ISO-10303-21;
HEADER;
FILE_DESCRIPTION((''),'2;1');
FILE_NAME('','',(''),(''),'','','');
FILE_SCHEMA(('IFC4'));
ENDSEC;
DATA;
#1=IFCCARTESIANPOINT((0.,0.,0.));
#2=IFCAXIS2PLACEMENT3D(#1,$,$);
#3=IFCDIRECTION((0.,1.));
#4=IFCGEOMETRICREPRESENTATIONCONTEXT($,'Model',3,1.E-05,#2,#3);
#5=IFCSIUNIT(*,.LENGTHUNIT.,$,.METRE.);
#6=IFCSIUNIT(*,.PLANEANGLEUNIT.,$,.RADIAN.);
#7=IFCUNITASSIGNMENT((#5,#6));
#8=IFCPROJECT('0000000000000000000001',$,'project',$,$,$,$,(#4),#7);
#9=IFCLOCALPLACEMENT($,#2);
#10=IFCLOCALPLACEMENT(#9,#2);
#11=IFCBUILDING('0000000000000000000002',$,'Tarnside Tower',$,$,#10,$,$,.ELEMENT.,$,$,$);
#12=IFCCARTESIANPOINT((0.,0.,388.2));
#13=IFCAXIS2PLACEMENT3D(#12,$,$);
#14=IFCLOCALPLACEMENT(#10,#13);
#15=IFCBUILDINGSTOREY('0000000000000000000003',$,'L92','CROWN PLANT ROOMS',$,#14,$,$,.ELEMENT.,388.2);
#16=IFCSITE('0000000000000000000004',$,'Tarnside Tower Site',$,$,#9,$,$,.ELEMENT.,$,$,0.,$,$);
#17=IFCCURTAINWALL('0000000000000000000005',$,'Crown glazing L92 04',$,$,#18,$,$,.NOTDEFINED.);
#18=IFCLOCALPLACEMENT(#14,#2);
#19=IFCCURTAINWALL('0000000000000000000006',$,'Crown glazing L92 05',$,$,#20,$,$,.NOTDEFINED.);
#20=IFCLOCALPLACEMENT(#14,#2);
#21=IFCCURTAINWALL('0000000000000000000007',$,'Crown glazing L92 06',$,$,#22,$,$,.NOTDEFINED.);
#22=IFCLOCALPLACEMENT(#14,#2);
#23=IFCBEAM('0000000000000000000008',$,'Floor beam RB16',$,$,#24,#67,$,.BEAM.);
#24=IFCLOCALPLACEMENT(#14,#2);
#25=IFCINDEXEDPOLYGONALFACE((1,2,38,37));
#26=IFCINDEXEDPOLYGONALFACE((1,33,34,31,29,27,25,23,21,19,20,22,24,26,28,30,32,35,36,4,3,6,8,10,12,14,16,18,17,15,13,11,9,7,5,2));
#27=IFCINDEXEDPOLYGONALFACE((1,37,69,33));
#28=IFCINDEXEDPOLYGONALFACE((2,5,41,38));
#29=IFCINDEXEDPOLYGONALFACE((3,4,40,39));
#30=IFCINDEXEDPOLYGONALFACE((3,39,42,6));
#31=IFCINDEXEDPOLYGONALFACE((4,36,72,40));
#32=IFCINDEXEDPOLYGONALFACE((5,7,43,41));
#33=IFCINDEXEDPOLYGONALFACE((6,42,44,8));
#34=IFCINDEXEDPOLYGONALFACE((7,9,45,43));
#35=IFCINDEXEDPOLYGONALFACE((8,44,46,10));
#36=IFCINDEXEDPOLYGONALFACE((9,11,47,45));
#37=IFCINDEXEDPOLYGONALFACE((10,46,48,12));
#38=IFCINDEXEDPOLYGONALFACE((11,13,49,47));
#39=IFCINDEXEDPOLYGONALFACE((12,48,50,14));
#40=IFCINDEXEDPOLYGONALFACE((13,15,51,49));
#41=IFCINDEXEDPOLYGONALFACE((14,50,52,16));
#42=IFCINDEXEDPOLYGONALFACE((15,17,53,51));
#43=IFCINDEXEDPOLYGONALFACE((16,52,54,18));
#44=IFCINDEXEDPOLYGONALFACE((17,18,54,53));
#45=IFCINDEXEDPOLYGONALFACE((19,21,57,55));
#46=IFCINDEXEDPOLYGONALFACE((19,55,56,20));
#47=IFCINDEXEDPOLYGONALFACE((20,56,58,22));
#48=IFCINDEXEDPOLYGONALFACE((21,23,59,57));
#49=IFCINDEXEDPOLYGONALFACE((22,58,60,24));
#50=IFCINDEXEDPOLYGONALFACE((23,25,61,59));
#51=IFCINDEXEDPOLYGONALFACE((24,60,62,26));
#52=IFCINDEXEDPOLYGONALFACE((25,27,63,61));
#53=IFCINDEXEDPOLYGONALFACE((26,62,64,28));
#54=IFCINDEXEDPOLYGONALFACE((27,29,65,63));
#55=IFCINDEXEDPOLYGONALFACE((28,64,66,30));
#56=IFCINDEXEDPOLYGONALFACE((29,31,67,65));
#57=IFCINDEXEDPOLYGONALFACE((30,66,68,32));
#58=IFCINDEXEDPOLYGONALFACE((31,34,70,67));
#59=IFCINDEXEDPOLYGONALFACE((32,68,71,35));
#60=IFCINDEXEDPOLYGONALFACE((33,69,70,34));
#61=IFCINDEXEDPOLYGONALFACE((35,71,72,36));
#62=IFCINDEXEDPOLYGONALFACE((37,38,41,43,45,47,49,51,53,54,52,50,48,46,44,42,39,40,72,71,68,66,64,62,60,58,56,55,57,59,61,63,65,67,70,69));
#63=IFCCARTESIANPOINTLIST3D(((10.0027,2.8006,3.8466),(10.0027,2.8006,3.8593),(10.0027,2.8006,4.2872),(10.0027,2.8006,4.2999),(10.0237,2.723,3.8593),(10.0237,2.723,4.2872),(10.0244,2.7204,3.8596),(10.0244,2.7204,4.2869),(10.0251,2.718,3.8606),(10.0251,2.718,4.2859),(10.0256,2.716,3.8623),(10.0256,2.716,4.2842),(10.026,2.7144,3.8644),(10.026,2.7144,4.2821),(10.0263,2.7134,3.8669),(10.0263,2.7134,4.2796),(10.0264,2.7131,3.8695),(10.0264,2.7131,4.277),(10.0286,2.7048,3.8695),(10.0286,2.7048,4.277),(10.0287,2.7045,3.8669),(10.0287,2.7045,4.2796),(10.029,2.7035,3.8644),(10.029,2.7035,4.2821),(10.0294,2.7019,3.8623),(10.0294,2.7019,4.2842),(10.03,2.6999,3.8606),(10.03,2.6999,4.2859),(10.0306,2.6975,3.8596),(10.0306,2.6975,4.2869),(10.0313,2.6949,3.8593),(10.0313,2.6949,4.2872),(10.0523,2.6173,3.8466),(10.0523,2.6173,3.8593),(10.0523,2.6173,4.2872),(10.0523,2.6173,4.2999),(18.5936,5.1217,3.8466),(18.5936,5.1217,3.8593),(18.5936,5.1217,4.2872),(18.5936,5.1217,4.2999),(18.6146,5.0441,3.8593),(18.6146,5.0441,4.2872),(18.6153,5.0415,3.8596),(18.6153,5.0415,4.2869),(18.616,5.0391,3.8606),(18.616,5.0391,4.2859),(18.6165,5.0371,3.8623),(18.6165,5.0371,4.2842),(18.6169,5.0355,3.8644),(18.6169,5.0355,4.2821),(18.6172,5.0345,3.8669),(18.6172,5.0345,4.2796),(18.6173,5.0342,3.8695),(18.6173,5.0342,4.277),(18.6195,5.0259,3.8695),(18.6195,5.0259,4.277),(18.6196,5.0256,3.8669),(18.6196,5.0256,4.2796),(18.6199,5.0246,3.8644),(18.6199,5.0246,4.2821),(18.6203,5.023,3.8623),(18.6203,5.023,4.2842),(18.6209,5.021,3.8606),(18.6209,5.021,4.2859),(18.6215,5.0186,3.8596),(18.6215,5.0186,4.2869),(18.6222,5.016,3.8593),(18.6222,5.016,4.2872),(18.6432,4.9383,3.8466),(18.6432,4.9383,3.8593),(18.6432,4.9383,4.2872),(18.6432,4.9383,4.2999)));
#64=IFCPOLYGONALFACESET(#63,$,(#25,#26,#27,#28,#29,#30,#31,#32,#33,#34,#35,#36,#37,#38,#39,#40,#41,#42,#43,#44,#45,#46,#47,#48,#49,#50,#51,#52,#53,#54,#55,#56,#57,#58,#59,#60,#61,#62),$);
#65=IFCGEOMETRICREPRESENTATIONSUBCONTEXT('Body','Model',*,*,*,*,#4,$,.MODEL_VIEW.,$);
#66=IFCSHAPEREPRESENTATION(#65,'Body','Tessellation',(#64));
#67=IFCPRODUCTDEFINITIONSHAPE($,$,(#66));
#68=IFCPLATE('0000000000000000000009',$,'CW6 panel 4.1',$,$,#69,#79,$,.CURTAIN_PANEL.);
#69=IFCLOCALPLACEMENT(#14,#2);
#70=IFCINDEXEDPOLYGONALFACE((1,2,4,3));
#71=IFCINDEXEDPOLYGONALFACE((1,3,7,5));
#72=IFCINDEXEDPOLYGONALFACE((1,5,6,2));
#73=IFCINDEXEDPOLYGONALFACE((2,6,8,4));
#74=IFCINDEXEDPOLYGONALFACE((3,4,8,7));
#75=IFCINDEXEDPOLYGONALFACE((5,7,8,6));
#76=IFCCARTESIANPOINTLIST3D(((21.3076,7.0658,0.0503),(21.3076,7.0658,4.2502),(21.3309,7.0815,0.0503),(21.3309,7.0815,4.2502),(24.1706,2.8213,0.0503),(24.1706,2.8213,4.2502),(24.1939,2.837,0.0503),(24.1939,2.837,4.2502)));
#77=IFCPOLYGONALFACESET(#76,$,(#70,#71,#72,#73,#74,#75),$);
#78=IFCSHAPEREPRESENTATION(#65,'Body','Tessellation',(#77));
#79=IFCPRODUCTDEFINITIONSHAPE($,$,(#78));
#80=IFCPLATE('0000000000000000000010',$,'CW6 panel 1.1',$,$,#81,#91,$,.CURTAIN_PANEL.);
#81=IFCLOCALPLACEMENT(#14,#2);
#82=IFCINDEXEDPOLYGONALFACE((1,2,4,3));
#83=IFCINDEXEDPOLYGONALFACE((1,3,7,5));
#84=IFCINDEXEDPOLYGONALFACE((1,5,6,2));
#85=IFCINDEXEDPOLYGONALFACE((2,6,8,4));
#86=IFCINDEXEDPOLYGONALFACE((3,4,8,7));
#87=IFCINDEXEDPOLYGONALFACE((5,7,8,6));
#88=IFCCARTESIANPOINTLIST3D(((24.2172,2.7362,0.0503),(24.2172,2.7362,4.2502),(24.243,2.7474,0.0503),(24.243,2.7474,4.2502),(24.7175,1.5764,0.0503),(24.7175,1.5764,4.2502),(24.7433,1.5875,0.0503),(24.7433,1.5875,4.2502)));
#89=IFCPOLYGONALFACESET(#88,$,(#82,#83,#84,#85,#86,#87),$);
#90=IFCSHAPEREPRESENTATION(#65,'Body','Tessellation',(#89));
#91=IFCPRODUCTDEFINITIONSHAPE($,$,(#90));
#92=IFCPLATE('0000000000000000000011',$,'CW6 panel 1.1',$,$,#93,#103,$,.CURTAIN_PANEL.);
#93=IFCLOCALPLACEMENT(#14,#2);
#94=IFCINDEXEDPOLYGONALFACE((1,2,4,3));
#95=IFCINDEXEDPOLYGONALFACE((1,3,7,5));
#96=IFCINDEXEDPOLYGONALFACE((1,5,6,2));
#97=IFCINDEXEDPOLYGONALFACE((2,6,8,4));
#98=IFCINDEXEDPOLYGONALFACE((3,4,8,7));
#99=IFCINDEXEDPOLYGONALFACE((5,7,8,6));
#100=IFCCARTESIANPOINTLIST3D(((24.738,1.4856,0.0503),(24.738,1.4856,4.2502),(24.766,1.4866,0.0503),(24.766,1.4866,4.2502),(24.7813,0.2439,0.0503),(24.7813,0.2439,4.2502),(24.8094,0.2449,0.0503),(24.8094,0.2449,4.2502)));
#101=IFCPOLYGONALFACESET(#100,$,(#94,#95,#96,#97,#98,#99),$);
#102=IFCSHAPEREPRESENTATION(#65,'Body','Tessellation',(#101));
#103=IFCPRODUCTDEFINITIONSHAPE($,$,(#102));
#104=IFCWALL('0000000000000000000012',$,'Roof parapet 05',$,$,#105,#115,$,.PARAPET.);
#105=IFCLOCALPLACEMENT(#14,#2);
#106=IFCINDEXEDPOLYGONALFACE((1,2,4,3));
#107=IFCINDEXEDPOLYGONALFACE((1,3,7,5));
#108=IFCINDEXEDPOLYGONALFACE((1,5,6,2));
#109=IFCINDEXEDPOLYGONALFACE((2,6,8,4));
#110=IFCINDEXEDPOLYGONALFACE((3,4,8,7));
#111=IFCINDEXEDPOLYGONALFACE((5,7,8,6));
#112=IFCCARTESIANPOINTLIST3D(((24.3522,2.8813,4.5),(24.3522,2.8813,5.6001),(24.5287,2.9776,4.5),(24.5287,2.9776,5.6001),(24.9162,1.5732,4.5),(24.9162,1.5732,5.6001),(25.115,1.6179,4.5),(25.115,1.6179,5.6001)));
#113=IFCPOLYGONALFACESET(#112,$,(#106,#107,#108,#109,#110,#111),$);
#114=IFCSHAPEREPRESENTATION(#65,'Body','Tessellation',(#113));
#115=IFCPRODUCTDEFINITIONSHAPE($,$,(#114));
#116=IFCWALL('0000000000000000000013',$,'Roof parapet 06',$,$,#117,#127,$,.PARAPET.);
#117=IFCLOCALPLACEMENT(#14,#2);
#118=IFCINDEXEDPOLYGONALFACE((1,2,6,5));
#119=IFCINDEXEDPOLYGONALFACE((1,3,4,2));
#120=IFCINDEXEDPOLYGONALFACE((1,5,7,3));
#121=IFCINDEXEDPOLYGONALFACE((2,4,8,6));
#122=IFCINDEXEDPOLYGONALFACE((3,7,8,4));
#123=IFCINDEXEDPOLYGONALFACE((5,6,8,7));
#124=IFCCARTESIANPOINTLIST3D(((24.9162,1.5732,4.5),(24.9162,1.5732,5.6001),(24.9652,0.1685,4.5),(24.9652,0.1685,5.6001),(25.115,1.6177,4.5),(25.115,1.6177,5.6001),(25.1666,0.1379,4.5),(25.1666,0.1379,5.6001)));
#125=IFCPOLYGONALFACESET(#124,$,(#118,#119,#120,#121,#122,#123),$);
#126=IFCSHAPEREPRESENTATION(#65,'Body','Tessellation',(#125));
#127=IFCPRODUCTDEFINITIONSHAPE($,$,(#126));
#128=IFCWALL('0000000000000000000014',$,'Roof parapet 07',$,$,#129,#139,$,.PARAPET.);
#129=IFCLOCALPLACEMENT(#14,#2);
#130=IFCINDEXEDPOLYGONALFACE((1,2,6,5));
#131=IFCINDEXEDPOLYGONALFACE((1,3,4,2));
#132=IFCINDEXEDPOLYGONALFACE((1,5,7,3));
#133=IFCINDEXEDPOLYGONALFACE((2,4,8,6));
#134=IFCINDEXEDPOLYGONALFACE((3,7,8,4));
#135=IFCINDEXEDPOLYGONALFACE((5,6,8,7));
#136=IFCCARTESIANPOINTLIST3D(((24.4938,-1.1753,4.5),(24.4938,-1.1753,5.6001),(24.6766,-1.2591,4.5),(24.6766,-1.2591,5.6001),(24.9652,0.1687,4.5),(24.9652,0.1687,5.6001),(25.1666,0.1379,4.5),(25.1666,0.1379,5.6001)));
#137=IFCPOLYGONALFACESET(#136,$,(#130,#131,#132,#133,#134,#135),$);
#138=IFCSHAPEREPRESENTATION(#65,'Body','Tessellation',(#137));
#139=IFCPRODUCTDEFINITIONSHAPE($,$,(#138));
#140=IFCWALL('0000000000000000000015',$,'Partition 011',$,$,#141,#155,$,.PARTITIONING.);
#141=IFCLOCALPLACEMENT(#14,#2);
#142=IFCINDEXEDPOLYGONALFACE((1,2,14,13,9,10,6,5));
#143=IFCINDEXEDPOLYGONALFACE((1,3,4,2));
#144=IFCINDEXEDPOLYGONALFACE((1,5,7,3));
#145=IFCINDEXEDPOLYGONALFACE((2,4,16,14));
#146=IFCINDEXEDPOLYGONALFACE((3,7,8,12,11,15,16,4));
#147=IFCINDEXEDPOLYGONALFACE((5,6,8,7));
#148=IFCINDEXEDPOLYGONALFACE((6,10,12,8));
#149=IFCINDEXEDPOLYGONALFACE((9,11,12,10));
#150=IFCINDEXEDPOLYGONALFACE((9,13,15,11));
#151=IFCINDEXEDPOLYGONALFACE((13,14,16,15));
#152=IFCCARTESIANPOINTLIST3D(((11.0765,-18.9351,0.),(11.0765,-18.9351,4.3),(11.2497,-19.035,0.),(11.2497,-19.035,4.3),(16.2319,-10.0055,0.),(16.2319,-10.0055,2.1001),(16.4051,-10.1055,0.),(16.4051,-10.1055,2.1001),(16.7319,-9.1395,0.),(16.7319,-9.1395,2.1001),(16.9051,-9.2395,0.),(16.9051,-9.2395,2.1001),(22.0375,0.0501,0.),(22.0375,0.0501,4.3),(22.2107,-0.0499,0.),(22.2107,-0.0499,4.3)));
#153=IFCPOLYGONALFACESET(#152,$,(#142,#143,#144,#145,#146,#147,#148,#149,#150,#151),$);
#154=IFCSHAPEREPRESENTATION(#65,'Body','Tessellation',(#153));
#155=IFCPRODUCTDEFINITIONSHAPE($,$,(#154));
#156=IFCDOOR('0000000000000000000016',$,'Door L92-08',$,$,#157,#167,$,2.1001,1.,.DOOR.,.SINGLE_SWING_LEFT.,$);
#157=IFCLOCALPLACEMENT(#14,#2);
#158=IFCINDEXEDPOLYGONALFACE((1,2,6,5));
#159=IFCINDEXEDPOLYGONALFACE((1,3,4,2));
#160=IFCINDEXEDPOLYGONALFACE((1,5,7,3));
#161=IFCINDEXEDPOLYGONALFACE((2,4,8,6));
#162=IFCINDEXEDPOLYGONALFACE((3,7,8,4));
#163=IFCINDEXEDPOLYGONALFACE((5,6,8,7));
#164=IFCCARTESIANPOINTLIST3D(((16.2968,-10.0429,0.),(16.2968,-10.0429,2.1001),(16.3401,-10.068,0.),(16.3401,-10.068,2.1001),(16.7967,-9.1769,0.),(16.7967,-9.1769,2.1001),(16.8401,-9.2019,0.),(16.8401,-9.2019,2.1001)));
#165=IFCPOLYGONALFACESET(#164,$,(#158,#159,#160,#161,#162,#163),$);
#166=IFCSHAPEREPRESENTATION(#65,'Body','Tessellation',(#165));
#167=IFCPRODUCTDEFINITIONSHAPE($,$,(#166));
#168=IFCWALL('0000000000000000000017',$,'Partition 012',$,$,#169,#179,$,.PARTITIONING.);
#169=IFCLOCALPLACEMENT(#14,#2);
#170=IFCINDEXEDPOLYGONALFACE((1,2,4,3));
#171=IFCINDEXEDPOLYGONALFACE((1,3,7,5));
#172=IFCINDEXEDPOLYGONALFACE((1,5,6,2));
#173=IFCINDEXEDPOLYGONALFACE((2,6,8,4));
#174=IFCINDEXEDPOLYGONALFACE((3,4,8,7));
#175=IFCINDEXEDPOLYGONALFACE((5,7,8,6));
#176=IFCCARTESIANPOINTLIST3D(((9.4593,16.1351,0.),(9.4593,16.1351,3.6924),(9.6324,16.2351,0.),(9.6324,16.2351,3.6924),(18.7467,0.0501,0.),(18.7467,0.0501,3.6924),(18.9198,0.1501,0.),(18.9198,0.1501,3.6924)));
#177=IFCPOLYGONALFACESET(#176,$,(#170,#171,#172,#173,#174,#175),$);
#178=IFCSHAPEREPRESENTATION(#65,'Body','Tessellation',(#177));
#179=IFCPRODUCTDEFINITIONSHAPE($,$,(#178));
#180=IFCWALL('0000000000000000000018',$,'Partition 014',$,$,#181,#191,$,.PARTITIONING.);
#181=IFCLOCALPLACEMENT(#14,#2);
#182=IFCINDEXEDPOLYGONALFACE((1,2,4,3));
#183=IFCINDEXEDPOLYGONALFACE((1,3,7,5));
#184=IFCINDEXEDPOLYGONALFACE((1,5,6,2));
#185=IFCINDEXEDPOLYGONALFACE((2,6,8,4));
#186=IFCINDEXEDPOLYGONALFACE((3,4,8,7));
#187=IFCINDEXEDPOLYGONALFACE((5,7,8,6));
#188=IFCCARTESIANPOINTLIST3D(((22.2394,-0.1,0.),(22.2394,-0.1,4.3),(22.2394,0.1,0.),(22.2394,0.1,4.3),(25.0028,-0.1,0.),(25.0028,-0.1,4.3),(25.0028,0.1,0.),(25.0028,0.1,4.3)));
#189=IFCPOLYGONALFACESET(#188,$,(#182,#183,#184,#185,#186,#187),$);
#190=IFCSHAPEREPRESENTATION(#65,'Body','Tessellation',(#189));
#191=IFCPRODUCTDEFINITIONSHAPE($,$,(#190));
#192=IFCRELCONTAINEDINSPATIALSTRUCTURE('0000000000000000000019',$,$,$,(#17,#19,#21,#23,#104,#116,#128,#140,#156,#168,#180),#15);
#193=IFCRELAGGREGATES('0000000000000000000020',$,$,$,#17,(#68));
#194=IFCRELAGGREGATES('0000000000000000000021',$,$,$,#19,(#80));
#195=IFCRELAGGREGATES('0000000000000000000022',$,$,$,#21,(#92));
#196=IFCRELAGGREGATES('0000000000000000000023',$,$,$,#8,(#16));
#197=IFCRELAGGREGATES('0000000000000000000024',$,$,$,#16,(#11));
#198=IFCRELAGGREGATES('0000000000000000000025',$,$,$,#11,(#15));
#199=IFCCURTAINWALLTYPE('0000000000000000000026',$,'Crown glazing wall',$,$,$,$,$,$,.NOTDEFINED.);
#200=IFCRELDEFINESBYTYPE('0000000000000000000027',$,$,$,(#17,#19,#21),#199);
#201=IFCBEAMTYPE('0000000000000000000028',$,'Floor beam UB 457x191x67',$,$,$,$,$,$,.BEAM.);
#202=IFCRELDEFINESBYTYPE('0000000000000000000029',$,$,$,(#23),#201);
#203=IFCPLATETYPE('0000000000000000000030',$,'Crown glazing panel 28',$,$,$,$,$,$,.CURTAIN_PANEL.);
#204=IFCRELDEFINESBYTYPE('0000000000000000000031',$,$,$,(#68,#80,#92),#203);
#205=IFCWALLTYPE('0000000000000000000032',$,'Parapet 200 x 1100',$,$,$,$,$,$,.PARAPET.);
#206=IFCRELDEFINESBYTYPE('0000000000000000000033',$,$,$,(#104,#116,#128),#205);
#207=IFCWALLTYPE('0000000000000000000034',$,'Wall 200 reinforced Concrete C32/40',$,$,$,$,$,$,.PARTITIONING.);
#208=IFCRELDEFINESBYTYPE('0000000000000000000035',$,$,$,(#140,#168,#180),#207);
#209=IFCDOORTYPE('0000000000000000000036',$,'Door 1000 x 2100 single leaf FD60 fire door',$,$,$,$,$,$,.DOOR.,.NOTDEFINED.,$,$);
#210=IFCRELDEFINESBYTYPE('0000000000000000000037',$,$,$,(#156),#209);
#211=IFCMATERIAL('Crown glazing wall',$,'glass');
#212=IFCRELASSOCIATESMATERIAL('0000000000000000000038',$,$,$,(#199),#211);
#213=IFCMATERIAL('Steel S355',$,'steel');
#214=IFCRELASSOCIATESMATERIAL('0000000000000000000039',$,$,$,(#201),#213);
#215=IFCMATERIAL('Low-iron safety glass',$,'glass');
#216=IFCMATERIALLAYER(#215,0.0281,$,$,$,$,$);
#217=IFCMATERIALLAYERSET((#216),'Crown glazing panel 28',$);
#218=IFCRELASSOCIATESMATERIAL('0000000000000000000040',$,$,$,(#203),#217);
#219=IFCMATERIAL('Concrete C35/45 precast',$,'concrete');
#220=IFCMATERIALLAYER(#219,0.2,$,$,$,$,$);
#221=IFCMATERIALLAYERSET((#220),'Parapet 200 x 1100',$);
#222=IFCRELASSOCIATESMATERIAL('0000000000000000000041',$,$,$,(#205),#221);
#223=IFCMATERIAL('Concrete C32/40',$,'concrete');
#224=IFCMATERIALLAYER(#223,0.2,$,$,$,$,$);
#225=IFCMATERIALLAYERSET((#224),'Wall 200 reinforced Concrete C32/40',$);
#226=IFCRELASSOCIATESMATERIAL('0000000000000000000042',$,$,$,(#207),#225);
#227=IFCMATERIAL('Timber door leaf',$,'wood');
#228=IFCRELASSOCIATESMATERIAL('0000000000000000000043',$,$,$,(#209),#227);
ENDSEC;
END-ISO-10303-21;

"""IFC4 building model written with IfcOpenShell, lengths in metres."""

from ifc_helpers import new_model, si_unit, direction, frame, frame_2d, origin, origin_2d, place, context, subcontext, project, spatial, polyline, rectangle, i_section, outline, extrude, material, layer, layer_set, material_profile, profile_set, type_object, element, fill, aggregate, save


model = new_model("IFC4")

# Units and contexts
model_context = context("Model", 3, precision=1e-05, world=origin(), true_north=direction((0.0, 1.0)))
body_context = subcontext(model_context, "Body", "Model", "MODEL_VIEW")
ifc_project = project(units=[si_unit("LENGTHUNIT", "METRE"), si_unit("PLANEANGLEUNIT", "RADIAN")], contexts=[model_context])

# Site, building, storey
site_placement = place(None, origin())
site = spatial("IfcSite", under=ifc_project, at=site_placement, Name="Tarnside Tower Site", CompositionType="ELEMENT", RefElevation=0.0)
building_placement = place(site_placement, origin())
building = spatial("IfcBuilding", under=site, at=building_placement, Name="Tarnside Tower", CompositionType="ELEMENT")
storey_placement = place(building_placement, frame((0.0, 0.0, 388.2)))
storey = spatial("IfcBuildingStorey", under=building, at=storey_placement, Name="L92", Description="CROWN PLANT ROOMS", CompositionType="ELEMENT", Elevation=388.2)

# Curtain wall
ifc_material_1 = material(Name="Crown glazing wall", Category="glass")
curtain_wall_type = type_object("IfcCurtainWallType", Name="Crown glazing wall", PredefinedType="NOTDEFINED", material=ifc_material_1)
curtain_wall_1_placement = place(storey_placement, origin())
curtain_wall_1 = element("IfcCurtainWall", 1, at=curtain_wall_1_placement, inside=storey, type_object=curtain_wall_type, Name="Crown glazing L92 04", PredefinedType="NOTDEFINED")

# Curtain walls
curtain_wall_2_placement = place(storey_placement, origin())
curtain_wall_2 = element("IfcCurtainWall", 2, at=curtain_wall_2_placement, inside=storey, type_object=curtain_wall_type, Name="Crown glazing L92 05", PredefinedType="NOTDEFINED")
curtain_wall_3_placement = place(storey_placement, origin())
curtain_wall_3 = element("IfcCurtainWall", 3, at=curtain_wall_3_placement, inside=storey, type_object=curtain_wall_type, Name="Crown glazing L92 06", PredefinedType="NOTDEFINED")

# Beam
ifc_material_2 = material(Name="Steel S355", Category="steel")
ifc_material_profile_1 = material_profile(ifc_material_2, i_section(OverallWidth=0.1899, OverallDepth=0.4534, WebThickness=0.0085, FlangeThickness=0.0127, FilletRadius=0.0103, at=origin_2d()), Name="UB 457x191x67")
ifc_profile_set_1 = profile_set([ifc_material_profile_1], Name="Steel S355")
beam_type = type_object("IfcBeamType", Name="Floor beam UB 457x191x67", PredefinedType="BEAM", material=ifc_profile_set_1)
beam_placement = place(storey_placement, frame((18.6184, 5.03, 4.0732), z_axis=(-0.965386, -0.260825, 0.0), x_axis=(0.260825, -0.965386, 0.0)))
element("IfcBeam", 4, at=beam_placement, inside=storey, type_object=beam_type, Name="Floor beam RB16", PredefinedType="BEAM", context=body_context, shape_type="SweptSolid", body=[
    extrude(i_section(OverallWidth=0.1899, OverallDepth=0.4534, WebThickness=0.0085, FlangeThickness=0.0127, FilletRadius=0.0103, at=origin_2d()), origin(), (0.0, 0.0, 1.0), 8.8989),
])

# Plates
ifc_material_3 = material(Name="Low-iron safety glass", Category="glass")
ifc_layer_1 = layer(ifc_material_3, 0.0281)
ifc_layer_set_1 = layer_set([ifc_layer_1], Name="Crown glazing panel 28")
plate_type = type_object("IfcPlateType", Name="Crown glazing panel 28", PredefinedType="CURTAIN_PANEL", material=ifc_layer_set_1)
plate_1_placement = place(storey_placement, frame((22.7507, 4.9514, 0.0503), z_axis=(0.0, 0.0, 1.0), x_axis=(0.559193, -0.829038, 0.0)))
plate_1 = element("IfcPlate", 5, at=plate_1_placement, type_object=plate_type, Name="CW6 panel 4.1", PredefinedType="CURTAIN_PANEL", context=body_context, shape_type="SweptSolid", body=[
    extrude(rectangle(XDim=5.1199, YDim=0.0281, at=origin_2d()), origin(), (0.0, 0.0, 1.0), 4.2),
])
aggregate(curtain_wall_1, [plate_1])
plate_2_placement = place(storey_placement, frame((24.4802, 2.1619, 0.0503), z_axis=(0.0, 0.0, 1.0), x_axis=(0.39608, -0.918216, 0.0)))
plate_2 = element("IfcPlate", 6, at=plate_2_placement, type_object=plate_type, Name="CW6 panel 1.1", PredefinedType="CURTAIN_PANEL", context=body_context, shape_type="SweptSolid", body=[
    extrude(rectangle(XDim=1.2632, YDim=0.0281, at=origin_2d()), origin(), (0.0, 0.0, 1.0), 4.2),
])
aggregate(curtain_wall_2, [plate_2])
plate_3_placement = place(storey_placement, frame((24.7737, 0.8652, 0.0503), z_axis=(0.0, 0.0, 1.0), x_axis=(0.034899, -0.999391, 0.0)))
plate_3 = element("IfcPlate", 7, at=plate_3_placement, type_object=plate_type, Name="CW6 panel 1.1", PredefinedType="CURTAIN_PANEL", context=body_context, shape_type="SweptSolid", body=[
    extrude(rectangle(XDim=1.2424, YDim=0.0281, at=origin_2d()), origin(), (0.0, 0.0, 1.0), 4.2),
])
aggregate(curtain_wall_3, [plate_3])

# Walls
ifc_material_4 = material(Name="Concrete C35/45 precast", Category="concrete")
ifc_layer_2 = layer(ifc_material_4, 0.2)
ifc_layer_set_2 = layer_set([ifc_layer_2], Name="Parapet 200 x 1100")
wall_type_1 = type_object("IfcWallType", Name="Parapet 200 x 1100", PredefinedType="PARAPET", material=ifc_layer_set_2)
wall_1_placement = place(storey_placement, frame((24.4404, 2.9294, 4.5), z_axis=(0.0, 0.0, 1.0), x_axis=(0.395947, -0.918274, 0.0)))
element("IfcWall", 8, at=wall_1_placement, inside=storey, type_object=wall_type_1, Name="Roof parapet 05", PredefinedType="PARAPET", context=body_context, shape_type="SweptSolid", body=[
    extrude(outline(polyline([(0.0093, -0.1001), (1.4338, -0.1001), (1.4714, 0.1001), (-0.0093, 0.1001), (0.0093, -0.1001)])), origin(), (0.0, 0.0, 1.0), 1.1001),
])
wall_2_placement = place(storey_placement, frame((25.0156, 1.5955, 4.5), z_axis=(0.0, 0.0, 1.0), x_axis=(0.034853, -0.999392, 0.0)))
element("IfcWall", 9, at=wall_2_placement, inside=storey, type_object=wall_type_1, Name="Roof parapet 06", PredefinedType="PARAPET", context=body_context, shape_type="SweptSolid", body=[
    extrude(outline(polyline([(0.0188, -0.1001), (1.4243, -0.1001), (1.4619, 0.1001), (-0.0188, 0.1001), (0.0188, -0.1001)])), origin(), (0.0, 0.0, 1.0), 1.1001),
])
wall_3_placement = place(storey_placement, frame((25.0659, 0.1533, 4.5), z_axis=(0.0, 0.0, 1.0), x_axis=(-0.330964, -0.943643, 0.0)))
element("IfcWall", 10, at=wall_3_placement, inside=storey, type_object=wall_type_1, Name="Roof parapet 07", PredefinedType="PARAPET", context=body_context, shape_type="SweptSolid", body=[
    extrude(outline(polyline([(0.0188, -0.1001), (1.4431, -0.1001), (1.4617, 0.1001), (-0.0188, 0.1001), (0.0188, -0.1001)])), origin(), (0.0, 0.0, 1.0), 1.1001),
])

# Wall, opening, door
ifc_material_5 = material(Name="Concrete C32/40", Category="concrete")
ifc_layer_3 = layer(ifc_material_5, 0.2)
ifc_layer_set_3 = layer_set([ifc_layer_3], Name="Wall 200 reinforced Concrete C32/40")
wall_type_2 = type_object("IfcWallType", Name="Wall 200 reinforced Concrete C32/40", PredefinedType="PARTITIONING", material=ifc_layer_set_3)
wall_4_placement = place(storey_placement, frame((22.124, 0.0, 0.0), z_axis=(0.0, 0.0, 1.0), x_axis=(-0.499996, -0.866028, 0.0)))
wall_4 = element("IfcWall", 11, at=wall_4_placement, inside=storey, type_object=wall_type_2, Name="Partition 011", PredefinedType="PARTITIONING", context=body_context, shape_type="SweptSolid", body=[
    extrude(rectangle(XDim=21.9221, YDim=0.2, at=frame_2d((10.9609, 0.0))), origin(), (0.0, 0.0, 1.0), 4.3),
])
opening_placement = place(wall_4_placement, frame((10.6111, 0.0, 0.0)))
opening = element("IfcOpeningElement", 12, at=opening_placement, cuts=wall_4, PredefinedType="OPENING", context=body_context, shape_type="SweptSolid", body=[
    extrude(rectangle(XDim=1.0, YDim=2.1001, at=frame_2d((0.5, 1.05))), frame((0.0, 0.1099, 0.0), z_axis=(0.0, -1.0, 0.0), x_axis=(1.0, 0.0, 0.0)), (0.0, 0.0, 1.0), 0.22),
])
ifc_material_6 = material(Name="Timber door leaf", Category="wood")
door_type = type_object("IfcDoorType", Name="Door 1000 x 2100 single leaf FD60 fire door", OperationType="NOTDEFINED", PredefinedType="DOOR", material=ifc_material_6)
door_placement = place(opening_placement, origin())
door = element("IfcDoor", 13, at=door_placement, inside=storey, type_object=door_type, Name="Door L92-08", OperationType="SINGLE_SWING_LEFT", OverallHeight=2.1001, OverallWidth=1.0, PredefinedType="DOOR", context=body_context, shape_type="SweptSolid", body=[
    extrude(rectangle(XDim=1.0, YDim=2.1001, at=frame_2d((0.5, 1.05))), frame((0.0, 0.0249, 0.0), z_axis=(0.0, -1.0, 0.0), x_axis=(1.0, 0.0, 0.0)), (0.0, 0.0, 1.0), 0.05),
])
fill(opening, door)

# Walls
wall_5_placement = place(storey_placement, frame((18.8333, 0.1001, 0.0), z_axis=(0.0, 0.0, 1.0), x_axis=(-0.500028, 0.866009, 0.0)))
element("IfcWall", 14, at=wall_5_placement, inside=storey, type_object=wall_type_2, Name="Partition 012", PredefinedType="PARTITIONING", context=body_context, shape_type="SweptSolid", body=[
    extrude(rectangle(XDim=18.5737, YDim=0.2, at=frame_2d((9.2869, 0.0))), origin(), (0.0, 0.0, 1.0), 3.6924),
])
wall_6_placement = place(storey_placement, frame((25.0029, 0.0, 0.0), z_axis=(0.0, 0.0, 1.0), x_axis=(-1.0, 0.0, 0.0)))
element("IfcWall", 15, at=wall_6_placement, inside=storey, type_object=wall_type_2, Name="Partition 014", PredefinedType="PARTITIONING", context=body_context, shape_type="SweptSolid", body=[
    extrude(rectangle(XDim=2.7634, YDim=0.2, at=frame_2d((1.3818, 0.0))), origin(), (0.0, 0.0, 1.0), 4.3),
])

save(model, "model.ifc")
